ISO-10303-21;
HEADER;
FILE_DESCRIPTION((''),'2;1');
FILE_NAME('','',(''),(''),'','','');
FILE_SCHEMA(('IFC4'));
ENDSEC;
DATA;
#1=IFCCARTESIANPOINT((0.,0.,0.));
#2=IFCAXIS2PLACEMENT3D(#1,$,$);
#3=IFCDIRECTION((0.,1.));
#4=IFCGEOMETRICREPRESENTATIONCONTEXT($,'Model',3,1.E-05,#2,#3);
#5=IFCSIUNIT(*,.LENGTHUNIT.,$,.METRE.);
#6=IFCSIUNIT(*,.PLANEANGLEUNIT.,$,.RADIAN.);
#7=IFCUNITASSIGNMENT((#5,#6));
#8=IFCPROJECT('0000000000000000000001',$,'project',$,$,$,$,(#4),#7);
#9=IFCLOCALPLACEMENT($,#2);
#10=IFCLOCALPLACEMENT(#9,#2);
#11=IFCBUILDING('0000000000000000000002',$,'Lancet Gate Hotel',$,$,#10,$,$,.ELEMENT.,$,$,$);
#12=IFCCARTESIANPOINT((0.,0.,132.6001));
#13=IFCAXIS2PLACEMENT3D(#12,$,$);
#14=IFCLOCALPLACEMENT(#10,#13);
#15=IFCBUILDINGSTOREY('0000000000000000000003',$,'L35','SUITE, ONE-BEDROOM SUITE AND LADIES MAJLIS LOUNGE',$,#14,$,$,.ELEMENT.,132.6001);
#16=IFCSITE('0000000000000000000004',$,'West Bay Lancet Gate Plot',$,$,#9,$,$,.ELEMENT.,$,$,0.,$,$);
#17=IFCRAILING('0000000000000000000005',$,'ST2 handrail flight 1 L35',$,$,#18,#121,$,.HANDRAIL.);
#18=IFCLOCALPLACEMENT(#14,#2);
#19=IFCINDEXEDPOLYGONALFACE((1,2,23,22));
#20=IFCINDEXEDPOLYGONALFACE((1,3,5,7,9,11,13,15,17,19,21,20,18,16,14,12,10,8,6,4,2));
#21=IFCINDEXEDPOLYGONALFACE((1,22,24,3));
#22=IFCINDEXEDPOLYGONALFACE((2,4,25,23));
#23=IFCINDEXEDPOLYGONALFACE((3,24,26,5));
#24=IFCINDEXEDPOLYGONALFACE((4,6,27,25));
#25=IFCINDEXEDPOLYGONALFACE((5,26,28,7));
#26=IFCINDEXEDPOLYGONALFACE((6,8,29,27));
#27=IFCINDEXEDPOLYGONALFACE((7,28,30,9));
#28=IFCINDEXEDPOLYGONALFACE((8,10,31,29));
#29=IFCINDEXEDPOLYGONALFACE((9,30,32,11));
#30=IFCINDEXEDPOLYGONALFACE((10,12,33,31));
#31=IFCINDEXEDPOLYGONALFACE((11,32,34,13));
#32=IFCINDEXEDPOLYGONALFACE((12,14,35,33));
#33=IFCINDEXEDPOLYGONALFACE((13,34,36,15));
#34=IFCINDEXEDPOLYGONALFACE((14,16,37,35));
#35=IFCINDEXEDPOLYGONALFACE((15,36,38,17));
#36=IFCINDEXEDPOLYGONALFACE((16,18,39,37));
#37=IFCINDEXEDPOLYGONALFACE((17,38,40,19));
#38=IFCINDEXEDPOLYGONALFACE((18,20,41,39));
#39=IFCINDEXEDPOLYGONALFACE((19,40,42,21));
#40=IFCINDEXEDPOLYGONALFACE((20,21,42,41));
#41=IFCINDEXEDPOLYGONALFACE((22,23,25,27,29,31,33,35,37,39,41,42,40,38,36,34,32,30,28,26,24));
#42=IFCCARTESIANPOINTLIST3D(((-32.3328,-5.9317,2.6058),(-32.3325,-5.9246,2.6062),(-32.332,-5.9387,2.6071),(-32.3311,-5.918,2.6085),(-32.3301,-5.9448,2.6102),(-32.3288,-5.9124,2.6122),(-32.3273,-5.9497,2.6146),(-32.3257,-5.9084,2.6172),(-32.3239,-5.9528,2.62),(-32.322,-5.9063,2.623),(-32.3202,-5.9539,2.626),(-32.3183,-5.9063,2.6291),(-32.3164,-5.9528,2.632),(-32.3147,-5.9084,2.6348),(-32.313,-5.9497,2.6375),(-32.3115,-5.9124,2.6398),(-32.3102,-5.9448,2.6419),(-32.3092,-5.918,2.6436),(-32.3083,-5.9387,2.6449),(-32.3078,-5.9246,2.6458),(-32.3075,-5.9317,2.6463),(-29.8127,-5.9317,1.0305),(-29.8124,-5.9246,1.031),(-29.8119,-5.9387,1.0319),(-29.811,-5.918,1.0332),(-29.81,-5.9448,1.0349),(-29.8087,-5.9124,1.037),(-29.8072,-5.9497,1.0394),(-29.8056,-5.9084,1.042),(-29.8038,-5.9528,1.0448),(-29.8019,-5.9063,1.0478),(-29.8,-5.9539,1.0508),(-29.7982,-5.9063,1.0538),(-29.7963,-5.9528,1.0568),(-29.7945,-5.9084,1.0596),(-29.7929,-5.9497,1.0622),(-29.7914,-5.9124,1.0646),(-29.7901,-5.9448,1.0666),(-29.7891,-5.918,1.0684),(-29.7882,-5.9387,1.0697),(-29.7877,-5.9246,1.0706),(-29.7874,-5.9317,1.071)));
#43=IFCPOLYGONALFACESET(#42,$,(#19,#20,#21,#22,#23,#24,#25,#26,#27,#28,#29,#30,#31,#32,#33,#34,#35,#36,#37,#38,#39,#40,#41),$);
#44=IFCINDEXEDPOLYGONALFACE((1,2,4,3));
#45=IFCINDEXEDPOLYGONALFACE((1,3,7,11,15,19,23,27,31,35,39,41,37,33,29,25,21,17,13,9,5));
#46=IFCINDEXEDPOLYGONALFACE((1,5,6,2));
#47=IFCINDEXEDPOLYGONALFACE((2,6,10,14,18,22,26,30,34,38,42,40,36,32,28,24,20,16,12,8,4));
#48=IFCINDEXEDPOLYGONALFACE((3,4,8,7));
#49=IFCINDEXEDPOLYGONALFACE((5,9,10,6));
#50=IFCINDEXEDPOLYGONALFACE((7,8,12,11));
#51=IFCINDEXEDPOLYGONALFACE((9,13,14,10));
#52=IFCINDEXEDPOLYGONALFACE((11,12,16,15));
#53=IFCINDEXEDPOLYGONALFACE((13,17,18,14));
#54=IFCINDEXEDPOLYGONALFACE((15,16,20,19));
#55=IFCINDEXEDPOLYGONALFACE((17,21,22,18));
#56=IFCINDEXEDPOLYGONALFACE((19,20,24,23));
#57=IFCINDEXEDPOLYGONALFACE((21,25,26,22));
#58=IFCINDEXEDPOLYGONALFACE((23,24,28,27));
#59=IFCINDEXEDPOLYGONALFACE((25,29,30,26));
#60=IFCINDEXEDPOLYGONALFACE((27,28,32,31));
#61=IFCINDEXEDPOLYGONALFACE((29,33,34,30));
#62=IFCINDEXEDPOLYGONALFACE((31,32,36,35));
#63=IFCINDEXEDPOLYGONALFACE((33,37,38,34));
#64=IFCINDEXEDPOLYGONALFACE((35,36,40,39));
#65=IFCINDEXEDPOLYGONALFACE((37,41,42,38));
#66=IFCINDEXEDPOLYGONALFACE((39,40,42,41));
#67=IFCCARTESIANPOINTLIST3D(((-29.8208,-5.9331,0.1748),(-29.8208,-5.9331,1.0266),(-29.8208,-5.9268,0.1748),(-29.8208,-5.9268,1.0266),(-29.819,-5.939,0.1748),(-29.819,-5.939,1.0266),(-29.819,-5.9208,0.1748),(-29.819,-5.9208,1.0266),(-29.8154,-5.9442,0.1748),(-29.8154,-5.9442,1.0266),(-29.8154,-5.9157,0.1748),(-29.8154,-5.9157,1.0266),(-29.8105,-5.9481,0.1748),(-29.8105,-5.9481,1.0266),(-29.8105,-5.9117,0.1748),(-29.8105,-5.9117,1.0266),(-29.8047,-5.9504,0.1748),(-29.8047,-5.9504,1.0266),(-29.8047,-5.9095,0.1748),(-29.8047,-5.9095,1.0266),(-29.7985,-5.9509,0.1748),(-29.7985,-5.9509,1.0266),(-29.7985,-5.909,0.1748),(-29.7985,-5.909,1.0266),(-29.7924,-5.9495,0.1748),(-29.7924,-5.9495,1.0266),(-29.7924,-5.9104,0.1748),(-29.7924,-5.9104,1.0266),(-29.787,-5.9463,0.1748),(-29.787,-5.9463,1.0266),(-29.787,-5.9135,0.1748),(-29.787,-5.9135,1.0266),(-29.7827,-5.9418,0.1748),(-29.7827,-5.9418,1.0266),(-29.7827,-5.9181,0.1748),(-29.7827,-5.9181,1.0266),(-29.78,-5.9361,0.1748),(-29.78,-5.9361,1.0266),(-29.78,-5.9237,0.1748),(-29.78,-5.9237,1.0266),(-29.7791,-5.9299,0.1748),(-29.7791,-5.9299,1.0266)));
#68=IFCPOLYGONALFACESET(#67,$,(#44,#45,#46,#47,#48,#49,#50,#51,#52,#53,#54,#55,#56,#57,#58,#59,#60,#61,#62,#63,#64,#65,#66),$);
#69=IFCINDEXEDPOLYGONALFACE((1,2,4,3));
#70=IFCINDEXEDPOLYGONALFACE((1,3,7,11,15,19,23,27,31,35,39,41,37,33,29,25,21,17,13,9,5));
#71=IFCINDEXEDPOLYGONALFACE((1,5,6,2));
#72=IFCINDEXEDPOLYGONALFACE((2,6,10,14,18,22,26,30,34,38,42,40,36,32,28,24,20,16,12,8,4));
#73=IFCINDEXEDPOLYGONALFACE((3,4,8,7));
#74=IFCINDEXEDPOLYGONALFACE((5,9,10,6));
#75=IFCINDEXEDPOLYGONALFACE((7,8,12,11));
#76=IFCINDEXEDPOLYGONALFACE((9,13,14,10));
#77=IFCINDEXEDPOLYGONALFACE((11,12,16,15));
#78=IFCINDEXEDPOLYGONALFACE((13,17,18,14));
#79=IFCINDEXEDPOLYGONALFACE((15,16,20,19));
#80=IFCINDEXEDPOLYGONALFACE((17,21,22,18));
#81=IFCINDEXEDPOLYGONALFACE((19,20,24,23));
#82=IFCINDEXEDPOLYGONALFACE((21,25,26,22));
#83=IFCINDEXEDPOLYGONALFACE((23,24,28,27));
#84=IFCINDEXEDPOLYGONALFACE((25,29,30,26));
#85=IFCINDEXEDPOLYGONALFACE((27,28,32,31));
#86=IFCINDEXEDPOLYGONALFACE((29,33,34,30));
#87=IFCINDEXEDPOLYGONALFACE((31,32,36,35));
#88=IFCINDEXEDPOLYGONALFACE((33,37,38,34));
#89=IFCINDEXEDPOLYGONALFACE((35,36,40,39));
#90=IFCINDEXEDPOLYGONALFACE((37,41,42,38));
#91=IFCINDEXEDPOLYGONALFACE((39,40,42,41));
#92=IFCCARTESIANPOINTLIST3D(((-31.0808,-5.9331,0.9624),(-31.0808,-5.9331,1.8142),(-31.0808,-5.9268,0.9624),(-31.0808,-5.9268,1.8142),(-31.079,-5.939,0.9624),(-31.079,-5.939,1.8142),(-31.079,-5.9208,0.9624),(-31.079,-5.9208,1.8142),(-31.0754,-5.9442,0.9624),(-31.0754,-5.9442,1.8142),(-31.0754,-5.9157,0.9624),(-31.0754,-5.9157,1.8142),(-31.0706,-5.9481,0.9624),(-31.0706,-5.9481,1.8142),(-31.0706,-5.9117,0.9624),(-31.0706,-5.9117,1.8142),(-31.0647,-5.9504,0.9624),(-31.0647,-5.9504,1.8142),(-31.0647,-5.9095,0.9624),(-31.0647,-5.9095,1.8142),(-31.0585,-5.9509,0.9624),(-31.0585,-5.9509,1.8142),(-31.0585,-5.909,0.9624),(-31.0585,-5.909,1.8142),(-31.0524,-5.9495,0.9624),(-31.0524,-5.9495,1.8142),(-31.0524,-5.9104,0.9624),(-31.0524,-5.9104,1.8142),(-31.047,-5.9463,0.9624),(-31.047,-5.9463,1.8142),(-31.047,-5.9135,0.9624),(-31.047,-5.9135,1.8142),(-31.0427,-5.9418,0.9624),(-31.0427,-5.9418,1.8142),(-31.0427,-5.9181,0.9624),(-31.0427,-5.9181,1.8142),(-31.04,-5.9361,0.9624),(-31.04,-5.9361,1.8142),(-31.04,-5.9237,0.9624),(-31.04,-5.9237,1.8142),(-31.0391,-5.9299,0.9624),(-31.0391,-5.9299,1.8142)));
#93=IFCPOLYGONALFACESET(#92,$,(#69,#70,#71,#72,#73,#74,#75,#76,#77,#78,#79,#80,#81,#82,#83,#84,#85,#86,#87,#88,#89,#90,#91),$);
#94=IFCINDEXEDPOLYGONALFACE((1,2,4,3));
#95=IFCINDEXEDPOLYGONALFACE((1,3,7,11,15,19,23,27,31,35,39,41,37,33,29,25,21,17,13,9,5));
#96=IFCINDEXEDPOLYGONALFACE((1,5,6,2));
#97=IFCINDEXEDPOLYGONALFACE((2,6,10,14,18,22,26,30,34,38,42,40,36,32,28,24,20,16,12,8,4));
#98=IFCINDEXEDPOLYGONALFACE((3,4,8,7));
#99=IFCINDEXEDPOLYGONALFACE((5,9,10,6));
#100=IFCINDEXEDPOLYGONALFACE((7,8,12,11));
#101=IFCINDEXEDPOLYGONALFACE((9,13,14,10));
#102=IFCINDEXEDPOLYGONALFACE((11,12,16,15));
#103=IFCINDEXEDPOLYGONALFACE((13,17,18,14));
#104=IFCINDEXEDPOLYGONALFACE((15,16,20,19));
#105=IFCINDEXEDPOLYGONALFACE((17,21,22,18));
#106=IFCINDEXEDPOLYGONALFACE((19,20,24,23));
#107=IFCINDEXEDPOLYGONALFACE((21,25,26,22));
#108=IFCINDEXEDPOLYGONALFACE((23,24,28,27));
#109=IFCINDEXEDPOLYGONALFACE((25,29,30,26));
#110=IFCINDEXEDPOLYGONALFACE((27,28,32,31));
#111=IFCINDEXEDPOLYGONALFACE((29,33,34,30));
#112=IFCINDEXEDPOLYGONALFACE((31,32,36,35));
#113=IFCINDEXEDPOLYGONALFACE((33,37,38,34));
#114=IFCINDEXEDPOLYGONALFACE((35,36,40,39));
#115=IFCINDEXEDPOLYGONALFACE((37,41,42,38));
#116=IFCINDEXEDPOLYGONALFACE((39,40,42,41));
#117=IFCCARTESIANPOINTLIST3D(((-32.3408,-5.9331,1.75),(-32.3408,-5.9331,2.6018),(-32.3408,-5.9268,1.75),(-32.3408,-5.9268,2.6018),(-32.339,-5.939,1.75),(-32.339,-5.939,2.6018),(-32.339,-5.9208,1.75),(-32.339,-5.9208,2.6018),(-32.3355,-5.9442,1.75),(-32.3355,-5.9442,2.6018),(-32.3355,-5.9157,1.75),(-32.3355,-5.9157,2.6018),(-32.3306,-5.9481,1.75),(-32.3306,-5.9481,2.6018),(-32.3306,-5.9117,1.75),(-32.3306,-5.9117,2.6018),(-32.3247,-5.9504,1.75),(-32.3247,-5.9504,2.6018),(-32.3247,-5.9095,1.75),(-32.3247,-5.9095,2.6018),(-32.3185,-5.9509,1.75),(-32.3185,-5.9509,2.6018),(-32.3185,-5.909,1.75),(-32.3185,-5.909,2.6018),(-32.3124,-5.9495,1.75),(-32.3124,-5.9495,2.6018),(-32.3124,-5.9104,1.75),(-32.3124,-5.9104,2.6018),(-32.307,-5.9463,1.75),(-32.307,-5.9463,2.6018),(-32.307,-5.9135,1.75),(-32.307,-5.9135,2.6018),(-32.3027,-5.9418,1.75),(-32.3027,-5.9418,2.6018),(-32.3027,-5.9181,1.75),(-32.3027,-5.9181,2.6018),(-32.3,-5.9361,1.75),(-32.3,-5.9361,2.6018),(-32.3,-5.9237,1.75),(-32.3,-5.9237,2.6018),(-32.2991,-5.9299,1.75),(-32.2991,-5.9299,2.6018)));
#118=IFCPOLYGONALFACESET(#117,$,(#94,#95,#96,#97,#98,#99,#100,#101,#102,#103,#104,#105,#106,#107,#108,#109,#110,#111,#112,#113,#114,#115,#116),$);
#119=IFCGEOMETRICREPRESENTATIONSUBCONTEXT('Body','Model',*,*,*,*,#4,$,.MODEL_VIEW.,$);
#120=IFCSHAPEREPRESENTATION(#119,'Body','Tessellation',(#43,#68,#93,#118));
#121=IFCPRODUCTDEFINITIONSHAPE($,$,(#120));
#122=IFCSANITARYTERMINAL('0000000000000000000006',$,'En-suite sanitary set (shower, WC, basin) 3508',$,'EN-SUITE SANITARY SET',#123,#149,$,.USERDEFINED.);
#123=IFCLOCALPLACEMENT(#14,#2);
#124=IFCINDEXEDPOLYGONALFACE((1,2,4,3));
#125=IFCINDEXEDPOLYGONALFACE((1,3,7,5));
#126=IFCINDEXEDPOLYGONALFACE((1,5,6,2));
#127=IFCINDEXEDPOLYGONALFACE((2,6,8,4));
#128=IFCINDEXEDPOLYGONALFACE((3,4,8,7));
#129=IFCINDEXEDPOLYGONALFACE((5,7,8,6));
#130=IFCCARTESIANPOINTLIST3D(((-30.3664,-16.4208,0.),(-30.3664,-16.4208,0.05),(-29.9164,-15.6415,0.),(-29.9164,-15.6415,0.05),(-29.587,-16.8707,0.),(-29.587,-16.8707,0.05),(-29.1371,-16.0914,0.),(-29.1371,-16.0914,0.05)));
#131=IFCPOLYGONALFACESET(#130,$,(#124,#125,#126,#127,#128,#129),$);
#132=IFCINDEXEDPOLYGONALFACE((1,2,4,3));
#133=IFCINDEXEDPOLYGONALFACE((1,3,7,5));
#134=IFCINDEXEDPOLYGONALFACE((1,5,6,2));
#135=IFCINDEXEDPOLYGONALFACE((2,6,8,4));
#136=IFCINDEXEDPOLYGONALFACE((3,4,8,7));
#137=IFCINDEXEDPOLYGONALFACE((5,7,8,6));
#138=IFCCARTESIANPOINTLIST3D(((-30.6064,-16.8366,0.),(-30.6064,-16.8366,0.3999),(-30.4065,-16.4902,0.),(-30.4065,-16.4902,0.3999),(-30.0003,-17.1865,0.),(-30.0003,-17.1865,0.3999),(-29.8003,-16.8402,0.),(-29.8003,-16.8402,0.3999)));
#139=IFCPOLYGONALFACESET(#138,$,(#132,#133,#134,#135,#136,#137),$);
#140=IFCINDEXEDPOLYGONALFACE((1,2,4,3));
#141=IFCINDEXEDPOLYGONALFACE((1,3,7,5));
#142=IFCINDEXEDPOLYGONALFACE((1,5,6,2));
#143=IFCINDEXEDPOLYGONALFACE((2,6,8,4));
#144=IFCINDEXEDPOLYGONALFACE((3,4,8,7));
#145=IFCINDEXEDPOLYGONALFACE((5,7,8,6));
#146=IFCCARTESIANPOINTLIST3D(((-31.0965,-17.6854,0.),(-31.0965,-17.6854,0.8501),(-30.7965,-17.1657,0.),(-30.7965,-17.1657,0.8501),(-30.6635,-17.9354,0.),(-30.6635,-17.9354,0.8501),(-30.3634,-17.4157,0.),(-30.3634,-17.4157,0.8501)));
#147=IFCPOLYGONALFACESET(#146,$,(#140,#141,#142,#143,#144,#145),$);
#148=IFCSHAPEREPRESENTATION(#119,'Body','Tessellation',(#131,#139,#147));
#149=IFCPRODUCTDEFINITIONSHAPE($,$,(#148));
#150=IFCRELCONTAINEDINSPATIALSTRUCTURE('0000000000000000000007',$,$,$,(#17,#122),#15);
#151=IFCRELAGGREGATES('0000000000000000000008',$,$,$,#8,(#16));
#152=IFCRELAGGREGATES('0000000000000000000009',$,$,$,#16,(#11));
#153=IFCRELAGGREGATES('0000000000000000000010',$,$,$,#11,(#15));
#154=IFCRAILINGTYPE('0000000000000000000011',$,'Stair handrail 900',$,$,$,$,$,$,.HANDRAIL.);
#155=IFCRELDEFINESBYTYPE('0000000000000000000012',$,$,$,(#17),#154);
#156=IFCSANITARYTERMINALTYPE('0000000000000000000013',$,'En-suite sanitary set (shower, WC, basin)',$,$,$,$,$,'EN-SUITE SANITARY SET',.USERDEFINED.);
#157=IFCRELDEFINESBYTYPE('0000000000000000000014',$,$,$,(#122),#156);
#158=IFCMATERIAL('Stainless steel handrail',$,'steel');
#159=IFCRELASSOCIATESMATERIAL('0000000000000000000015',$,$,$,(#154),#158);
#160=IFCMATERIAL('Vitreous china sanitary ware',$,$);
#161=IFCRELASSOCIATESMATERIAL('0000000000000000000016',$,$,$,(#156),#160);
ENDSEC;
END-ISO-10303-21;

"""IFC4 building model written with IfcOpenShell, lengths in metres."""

from ifc_helpers import new_model, si_unit, direction, frame, origin, origin_2d, place, context, subcontext, project, spatial, rectangle, circle, extrude, material, type_object, element, save


model = new_model("IFC4")

# Units and contexts
model_context = context("Model", 3, precision=1e-05, world=origin(), true_north=direction((0.0, 1.0)))
body_context = subcontext(model_context, "Body", "Model", "MODEL_VIEW")
ifc_project = project(units=[si_unit("LENGTHUNIT", "METRE"), si_unit("PLANEANGLEUNIT", "RADIAN")], contexts=[model_context])

# Site, building, storey
site_placement = place(None, origin())
site = spatial("IfcSite", under=ifc_project, at=site_placement, Name="West Bay Lancet Gate Plot", CompositionType="ELEMENT", RefElevation=0.0)
building_placement = place(site_placement, origin())
building = spatial("IfcBuilding", under=site, at=building_placement, Name="Lancet Gate Hotel", CompositionType="ELEMENT")
storey_placement = place(building_placement, frame((0.0, 0.0, 132.6001)))
storey = spatial("IfcBuildingStorey", under=building, at=storey_placement, Name="L35", Description="SUITE, ONE-BEDROOM SUITE AND LADIES MAJLIS LOUNGE", CompositionType="ELEMENT", Elevation=132.6001)

# Railing
ifc_material_1 = material(Name="Stainless steel handrail", Category="steel")
railing_type = type_object("IfcRailingType", Name="Stair handrail 900", PredefinedType="HANDRAIL", material=ifc_material_1)
railing_placement = place(storey_placement, frame((-29.8, -5.9299, 0.1748)))
element("IfcRailing", 1, at=railing_placement, inside=storey, type_object=railing_type, Name="ST2 handrail flight 1 L35", PredefinedType="HANDRAIL", context=body_context, shape_type="SweptSolid", body=[
    extrude(circle(Radius=0.0239, at=origin_2d()), frame((0.0, 0.0, 0.876), z_axis=(-0.847971, 0.0, 0.530043), x_axis=(0.0, -1.0, 0.0)), (0.0, 0.0, 1.0), 2.9719),
    extrude(circle(Radius=0.021, at=origin_2d()), origin(), (0.0, 0.0, 1.0), 0.8518),
    extrude(circle(Radius=0.021, at=origin_2d()), frame((-1.26, 0.0, 0.7876)), (0.0, 0.0, 1.0), 0.8518),
    extrude(circle(Radius=0.021, at=origin_2d()), frame((-2.52, 0.0, 1.5752)), (0.0, 0.0, 1.0), 0.8518),
])

# Sanitary terminal
ifc_material_2 = material(Name="Vitreous china sanitary ware")
sanitary_terminal_type = type_object("IfcSanitaryTerminalType", Name="En-suite sanitary set (shower, WC, basin)", ElementType="EN-SUITE SANITARY SET", PredefinedType="USERDEFINED", material=ifc_material_2)
sanitary_terminal_placement = place(storey_placement, frame((-29.7517, -16.2561, 0.0), z_axis=(0.0, 0.0, 1.0), x_axis=(1.0, 0.0, 0.0)))
element("IfcSanitaryTerminal", 2, at=sanitary_terminal_placement, inside=storey, type_object=sanitary_terminal_type, Name="En-suite sanitary set (shower, WC, basin) 3508", ObjectType="EN-SUITE SANITARY SET", PredefinedType="USERDEFINED", context=body_context, shape_type="SweptSolid", body=[
    extrude(rectangle(XDim=0.8999, YDim=0.8999, at=origin_2d()), frame((0.0, 0.0, 0.0), z_axis=(0.0, 0.0, 1.0), x_axis=(0.5, 0.866025, 0.0)), (0.0, 0.0, 1.0), 0.05),
    extrude(rectangle(XDim=0.3999, YDim=0.7, at=origin_2d()), frame((-0.4517, -0.5823, 0.0), z_axis=(0.0, 0.0, 1.0), x_axis=(0.5, 0.866025, 0.0)), (0.0, 0.0, 1.0), 0.3999),
    extrude(rectangle(XDim=0.6001, YDim=0.5, at=origin_2d()), frame((-0.9783, -1.2944, 0.0), z_axis=(0.0, 0.0, 1.0), x_axis=(0.5, 0.866025, 0.0)), (0.0, 0.0, 1.0), 0.8501),
])

save(model, "model.ifc")
